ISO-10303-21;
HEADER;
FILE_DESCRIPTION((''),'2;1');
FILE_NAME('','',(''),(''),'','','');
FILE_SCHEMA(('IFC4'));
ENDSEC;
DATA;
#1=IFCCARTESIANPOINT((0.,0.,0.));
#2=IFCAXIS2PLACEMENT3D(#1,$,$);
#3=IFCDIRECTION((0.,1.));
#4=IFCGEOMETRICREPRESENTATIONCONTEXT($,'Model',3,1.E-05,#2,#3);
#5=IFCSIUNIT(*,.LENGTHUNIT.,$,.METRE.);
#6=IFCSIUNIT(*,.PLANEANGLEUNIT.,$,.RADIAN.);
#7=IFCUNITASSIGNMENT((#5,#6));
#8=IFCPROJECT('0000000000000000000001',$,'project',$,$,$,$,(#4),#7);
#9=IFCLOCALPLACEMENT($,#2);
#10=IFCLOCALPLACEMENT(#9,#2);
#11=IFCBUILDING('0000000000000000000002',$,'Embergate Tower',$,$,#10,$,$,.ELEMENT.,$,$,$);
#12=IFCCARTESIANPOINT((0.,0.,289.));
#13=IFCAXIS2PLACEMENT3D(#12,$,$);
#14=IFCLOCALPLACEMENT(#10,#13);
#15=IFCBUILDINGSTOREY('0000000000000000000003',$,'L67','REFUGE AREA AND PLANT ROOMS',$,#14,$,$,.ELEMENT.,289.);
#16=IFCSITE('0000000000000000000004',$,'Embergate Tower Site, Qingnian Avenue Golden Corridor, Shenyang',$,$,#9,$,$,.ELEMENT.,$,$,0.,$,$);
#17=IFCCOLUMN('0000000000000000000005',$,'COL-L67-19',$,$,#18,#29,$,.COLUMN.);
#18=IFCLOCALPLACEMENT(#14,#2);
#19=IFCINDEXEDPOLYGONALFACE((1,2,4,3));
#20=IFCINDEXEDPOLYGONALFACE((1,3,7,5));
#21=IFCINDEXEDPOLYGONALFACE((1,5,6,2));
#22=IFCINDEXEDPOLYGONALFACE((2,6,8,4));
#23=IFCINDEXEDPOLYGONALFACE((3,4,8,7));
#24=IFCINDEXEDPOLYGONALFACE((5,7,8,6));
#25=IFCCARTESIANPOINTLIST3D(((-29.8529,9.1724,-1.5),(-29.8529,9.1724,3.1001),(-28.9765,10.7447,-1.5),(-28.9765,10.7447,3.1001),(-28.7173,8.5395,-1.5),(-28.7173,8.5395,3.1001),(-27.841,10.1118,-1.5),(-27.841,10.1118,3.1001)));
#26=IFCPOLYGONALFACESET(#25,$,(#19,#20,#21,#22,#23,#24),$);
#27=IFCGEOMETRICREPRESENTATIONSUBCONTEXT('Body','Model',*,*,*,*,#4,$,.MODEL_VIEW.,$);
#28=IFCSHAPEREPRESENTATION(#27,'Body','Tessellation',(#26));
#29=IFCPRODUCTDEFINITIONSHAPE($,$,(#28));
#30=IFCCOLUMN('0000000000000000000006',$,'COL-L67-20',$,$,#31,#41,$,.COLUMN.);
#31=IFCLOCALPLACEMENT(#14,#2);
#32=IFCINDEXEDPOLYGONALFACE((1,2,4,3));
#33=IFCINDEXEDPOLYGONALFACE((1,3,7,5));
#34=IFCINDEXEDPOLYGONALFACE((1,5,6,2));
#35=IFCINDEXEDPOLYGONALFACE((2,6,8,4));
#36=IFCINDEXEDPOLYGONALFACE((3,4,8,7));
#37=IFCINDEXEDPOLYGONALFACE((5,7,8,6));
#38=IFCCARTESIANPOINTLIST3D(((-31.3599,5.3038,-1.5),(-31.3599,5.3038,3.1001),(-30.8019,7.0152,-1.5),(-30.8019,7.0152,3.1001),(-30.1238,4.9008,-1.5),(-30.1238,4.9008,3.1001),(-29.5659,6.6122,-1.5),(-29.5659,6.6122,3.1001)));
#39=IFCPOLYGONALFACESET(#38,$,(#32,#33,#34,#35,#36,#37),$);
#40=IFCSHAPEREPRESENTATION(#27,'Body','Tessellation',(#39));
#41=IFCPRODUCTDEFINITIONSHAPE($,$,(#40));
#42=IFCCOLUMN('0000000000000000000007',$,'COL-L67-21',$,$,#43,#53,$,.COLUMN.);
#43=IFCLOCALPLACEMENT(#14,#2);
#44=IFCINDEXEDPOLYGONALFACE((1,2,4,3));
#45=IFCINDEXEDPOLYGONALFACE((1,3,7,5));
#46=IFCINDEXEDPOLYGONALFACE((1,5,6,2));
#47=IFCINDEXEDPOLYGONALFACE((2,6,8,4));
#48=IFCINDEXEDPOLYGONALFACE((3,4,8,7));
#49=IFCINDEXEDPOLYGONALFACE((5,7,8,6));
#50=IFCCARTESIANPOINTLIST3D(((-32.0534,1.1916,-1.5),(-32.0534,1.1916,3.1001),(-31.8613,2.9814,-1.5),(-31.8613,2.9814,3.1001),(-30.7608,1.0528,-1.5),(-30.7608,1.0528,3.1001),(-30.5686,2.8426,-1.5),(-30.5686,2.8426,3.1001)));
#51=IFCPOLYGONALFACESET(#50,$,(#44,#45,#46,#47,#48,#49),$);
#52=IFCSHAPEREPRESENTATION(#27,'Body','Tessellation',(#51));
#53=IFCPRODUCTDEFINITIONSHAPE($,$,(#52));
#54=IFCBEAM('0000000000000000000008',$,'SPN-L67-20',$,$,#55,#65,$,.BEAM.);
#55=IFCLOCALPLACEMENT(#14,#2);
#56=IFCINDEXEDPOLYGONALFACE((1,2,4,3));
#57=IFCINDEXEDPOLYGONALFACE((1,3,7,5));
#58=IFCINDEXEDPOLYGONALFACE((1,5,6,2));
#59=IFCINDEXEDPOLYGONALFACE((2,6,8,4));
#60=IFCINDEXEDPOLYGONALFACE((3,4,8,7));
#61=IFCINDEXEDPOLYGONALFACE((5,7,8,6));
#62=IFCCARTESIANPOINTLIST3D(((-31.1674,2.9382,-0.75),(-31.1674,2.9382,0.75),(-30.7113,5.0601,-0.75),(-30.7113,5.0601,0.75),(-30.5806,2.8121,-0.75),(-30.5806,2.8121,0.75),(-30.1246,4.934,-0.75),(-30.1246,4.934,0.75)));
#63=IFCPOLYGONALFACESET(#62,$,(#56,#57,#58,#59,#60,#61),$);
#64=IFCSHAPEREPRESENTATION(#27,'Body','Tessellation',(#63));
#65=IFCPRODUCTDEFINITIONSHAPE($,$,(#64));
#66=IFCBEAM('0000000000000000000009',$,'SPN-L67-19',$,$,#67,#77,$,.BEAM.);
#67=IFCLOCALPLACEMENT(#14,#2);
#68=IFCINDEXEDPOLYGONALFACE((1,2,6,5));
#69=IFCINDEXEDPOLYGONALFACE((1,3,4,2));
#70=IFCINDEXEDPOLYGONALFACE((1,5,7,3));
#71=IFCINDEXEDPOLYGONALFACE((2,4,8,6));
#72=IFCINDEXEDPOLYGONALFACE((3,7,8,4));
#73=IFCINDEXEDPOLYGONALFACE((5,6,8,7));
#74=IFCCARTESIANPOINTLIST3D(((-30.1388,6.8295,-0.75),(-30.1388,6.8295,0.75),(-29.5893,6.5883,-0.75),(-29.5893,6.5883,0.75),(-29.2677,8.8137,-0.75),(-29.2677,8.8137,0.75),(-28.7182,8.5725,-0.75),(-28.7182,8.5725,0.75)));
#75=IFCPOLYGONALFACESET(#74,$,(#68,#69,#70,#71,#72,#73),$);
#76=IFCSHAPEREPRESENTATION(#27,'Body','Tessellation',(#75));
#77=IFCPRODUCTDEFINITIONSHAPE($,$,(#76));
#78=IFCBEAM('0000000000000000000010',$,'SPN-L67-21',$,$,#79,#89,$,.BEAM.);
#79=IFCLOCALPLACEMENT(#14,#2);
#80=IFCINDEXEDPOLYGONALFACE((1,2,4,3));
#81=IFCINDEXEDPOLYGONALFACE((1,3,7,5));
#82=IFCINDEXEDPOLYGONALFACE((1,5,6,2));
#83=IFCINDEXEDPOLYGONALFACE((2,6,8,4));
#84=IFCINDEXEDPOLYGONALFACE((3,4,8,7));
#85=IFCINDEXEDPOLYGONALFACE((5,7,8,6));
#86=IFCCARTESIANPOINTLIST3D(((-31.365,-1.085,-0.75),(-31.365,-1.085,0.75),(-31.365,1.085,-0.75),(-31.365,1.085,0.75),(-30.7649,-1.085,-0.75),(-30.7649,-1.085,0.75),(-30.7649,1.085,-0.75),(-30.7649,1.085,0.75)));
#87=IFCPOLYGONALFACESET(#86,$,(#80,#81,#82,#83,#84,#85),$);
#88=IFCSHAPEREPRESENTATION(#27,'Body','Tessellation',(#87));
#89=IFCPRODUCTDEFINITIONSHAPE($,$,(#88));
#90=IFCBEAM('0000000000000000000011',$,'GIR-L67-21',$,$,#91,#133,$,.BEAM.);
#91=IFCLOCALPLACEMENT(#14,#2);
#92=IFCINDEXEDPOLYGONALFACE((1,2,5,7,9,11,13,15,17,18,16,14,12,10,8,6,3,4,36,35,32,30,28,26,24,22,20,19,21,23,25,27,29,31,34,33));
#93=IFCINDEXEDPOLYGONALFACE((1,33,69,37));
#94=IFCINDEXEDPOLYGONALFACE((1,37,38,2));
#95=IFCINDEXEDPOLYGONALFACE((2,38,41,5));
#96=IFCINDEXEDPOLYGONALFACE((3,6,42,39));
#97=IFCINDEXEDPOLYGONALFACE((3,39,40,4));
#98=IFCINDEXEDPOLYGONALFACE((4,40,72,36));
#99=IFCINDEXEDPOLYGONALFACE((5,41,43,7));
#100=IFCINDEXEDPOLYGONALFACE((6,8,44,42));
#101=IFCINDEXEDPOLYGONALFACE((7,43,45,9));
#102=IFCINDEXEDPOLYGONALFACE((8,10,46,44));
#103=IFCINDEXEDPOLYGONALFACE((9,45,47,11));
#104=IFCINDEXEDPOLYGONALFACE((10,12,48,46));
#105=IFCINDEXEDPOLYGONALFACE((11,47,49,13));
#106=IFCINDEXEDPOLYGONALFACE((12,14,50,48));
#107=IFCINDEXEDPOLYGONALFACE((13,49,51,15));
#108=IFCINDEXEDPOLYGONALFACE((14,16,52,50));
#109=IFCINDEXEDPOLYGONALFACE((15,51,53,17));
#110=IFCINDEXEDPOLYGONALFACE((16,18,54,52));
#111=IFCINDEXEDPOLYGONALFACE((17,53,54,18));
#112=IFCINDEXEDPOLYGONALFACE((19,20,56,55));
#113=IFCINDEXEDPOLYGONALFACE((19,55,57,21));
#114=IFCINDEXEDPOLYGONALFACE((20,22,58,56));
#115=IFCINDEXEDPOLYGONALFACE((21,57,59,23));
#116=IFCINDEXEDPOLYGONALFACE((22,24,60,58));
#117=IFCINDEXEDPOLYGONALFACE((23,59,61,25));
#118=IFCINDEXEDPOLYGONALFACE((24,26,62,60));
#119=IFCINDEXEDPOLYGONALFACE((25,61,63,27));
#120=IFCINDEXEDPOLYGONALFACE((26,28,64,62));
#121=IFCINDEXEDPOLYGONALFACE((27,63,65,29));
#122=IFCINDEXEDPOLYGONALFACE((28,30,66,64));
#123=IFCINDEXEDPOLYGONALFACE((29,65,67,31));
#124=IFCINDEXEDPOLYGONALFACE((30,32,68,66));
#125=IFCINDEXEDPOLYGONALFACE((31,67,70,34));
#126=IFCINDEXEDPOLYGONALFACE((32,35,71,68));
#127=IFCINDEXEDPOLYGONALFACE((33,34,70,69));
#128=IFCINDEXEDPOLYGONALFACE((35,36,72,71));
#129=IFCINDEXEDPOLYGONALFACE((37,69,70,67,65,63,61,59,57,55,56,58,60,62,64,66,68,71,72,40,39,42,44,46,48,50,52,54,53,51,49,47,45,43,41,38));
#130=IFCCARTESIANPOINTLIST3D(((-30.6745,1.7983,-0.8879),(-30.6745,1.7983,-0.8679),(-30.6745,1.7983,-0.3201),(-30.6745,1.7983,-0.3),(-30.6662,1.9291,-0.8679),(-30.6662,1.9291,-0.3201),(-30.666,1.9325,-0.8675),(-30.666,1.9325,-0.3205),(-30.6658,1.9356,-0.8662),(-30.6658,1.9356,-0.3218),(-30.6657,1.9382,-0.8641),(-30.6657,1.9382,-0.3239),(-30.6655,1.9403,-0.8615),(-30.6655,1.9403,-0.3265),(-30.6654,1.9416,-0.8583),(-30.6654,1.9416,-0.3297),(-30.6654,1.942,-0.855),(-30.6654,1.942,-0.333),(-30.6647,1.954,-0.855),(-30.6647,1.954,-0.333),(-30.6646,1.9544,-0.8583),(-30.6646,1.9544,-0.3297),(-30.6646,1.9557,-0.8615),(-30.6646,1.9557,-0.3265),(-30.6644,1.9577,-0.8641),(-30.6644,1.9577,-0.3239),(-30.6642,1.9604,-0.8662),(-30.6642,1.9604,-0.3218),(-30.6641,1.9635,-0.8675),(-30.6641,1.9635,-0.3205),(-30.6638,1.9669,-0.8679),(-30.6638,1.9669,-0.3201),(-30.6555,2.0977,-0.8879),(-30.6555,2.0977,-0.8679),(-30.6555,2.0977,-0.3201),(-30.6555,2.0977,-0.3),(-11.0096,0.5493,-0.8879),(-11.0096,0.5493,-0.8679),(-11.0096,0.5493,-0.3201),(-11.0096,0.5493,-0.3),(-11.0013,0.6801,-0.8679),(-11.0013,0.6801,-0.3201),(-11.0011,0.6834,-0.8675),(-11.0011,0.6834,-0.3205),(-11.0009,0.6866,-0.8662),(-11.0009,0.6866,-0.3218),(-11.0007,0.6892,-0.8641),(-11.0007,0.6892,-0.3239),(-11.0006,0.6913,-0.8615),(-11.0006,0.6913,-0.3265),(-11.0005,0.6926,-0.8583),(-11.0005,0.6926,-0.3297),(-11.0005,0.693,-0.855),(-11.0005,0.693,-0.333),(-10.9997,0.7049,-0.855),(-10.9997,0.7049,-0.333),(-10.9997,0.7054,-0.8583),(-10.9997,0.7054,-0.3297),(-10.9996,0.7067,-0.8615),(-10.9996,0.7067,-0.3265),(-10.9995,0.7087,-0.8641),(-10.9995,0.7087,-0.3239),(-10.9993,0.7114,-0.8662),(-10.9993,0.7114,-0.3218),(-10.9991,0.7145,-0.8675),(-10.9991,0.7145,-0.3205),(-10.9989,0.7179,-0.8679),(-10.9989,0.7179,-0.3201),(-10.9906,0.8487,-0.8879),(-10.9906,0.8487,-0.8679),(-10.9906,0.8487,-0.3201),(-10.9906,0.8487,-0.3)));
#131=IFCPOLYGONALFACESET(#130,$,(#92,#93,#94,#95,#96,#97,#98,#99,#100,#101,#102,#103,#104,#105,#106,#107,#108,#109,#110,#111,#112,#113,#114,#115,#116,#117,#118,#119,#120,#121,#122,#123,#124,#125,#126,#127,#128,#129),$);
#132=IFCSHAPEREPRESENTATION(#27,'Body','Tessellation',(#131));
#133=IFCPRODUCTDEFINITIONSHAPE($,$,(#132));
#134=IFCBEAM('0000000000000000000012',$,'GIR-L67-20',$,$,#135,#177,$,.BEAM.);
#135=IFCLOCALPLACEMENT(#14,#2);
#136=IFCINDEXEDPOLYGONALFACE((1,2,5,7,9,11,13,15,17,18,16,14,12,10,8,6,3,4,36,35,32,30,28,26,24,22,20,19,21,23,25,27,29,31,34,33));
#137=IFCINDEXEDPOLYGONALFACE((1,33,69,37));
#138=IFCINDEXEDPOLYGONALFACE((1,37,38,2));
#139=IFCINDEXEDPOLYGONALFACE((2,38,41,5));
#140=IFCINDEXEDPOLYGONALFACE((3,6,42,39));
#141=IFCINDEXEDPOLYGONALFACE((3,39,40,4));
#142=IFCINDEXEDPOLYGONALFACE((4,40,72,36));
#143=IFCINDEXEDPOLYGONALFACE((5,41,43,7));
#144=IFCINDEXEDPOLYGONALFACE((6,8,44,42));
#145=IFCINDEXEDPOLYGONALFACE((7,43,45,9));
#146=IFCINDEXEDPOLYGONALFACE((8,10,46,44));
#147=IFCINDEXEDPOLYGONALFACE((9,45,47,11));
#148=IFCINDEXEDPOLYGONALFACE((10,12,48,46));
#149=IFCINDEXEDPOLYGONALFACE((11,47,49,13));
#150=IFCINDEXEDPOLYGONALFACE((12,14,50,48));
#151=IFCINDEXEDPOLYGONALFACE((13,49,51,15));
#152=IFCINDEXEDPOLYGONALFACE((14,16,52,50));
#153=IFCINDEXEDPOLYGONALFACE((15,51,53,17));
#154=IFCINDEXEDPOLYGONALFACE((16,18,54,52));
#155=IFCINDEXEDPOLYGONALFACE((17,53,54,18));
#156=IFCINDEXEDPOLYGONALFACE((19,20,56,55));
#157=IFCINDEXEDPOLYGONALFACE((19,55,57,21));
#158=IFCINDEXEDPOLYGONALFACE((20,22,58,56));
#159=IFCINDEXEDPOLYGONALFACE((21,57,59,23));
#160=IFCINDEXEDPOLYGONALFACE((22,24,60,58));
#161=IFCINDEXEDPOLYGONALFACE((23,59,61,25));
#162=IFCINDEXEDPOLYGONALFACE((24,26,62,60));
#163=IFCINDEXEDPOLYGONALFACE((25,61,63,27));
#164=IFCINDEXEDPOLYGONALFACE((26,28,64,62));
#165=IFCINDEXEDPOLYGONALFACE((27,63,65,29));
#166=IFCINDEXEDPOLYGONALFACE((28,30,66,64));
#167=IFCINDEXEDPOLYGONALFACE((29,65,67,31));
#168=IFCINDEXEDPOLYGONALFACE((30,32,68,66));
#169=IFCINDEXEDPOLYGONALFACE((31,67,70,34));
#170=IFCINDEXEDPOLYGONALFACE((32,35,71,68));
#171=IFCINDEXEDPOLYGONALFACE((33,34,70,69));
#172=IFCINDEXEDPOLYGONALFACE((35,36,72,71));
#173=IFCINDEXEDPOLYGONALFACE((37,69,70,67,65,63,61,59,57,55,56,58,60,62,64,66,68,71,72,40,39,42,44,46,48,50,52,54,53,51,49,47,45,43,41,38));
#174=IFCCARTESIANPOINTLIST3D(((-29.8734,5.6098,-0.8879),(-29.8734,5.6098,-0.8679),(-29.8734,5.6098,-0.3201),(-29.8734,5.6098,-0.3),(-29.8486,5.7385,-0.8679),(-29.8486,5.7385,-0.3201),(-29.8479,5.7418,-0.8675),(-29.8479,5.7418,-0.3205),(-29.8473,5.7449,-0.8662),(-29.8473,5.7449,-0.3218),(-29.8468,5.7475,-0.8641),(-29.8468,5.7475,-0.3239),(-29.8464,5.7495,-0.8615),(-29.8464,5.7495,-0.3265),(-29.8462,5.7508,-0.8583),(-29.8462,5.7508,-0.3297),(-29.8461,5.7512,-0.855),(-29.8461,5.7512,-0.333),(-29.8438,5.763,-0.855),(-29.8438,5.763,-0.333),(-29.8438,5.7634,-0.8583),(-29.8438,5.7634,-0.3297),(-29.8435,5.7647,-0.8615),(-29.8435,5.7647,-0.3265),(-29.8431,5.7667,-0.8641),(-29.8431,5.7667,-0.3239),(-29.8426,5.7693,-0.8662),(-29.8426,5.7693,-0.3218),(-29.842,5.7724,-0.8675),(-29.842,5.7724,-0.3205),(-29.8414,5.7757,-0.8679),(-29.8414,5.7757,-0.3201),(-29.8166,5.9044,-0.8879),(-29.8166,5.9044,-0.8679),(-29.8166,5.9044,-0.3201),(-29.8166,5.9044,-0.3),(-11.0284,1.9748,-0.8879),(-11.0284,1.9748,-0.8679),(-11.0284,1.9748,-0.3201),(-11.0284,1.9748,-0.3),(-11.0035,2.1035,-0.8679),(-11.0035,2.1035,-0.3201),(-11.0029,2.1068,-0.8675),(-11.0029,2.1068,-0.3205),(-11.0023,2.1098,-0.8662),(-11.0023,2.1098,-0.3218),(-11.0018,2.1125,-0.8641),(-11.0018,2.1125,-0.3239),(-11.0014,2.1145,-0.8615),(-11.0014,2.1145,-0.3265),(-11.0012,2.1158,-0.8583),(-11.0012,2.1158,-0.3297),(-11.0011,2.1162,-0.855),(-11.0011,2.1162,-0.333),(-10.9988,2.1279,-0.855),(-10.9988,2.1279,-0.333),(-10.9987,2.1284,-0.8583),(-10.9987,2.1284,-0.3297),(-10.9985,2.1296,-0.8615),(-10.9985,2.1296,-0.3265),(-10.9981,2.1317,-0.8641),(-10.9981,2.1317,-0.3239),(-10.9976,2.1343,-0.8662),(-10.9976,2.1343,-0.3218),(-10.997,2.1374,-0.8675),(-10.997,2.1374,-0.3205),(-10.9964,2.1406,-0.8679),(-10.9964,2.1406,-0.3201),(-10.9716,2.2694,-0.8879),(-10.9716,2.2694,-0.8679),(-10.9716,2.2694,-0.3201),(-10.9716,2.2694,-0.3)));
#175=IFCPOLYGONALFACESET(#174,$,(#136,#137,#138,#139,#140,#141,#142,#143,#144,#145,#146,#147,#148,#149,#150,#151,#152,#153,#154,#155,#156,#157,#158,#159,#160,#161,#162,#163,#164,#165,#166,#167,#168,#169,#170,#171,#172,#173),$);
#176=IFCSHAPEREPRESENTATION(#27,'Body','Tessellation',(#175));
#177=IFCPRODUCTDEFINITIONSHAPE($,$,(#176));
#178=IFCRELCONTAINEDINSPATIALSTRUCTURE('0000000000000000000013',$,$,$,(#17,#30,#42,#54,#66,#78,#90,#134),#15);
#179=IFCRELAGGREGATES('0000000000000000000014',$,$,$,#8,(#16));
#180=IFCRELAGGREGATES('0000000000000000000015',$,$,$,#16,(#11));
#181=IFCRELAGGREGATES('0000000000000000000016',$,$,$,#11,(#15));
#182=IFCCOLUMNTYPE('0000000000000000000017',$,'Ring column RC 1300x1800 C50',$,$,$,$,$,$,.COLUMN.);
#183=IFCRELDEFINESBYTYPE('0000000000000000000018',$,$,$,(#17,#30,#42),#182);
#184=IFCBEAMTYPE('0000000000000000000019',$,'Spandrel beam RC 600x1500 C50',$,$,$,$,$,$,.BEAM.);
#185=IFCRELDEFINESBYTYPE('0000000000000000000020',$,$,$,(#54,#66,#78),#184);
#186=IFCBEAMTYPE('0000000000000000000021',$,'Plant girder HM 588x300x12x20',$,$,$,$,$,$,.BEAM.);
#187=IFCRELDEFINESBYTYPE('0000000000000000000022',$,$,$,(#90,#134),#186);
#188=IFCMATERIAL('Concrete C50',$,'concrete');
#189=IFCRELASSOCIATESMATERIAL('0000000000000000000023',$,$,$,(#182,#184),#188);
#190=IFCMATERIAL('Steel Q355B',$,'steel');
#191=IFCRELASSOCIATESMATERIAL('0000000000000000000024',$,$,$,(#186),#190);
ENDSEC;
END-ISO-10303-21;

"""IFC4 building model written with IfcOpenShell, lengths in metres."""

from ifc_helpers import new_model, si_unit, direction, frame, origin, origin_2d, place, context, subcontext, project, spatial, rectangle, i_section, extrude, source, transform, mapped, material, material_profile, profile_set, type_object, element, save


model = new_model("IFC4")

# Units and contexts
model_context = context("Model", 3, precision=1e-05, world=origin(), true_north=direction((0.0, 1.0)))
body_context = subcontext(model_context, "Body", "Model", "MODEL_VIEW")
ifc_project = project(units=[si_unit("LENGTHUNIT", "METRE"), si_unit("PLANEANGLEUNIT", "RADIAN")], contexts=[model_context])

# Site, building, storey
site_placement = place(None, origin())
site = spatial("IfcSite", under=ifc_project, at=site_placement, Name="Embergate Tower Site, Qingnian Avenue Golden Corridor, Shenyang", CompositionType="ELEMENT", RefElevation=0.0)
building_placement = place(site_placement, origin())
building = spatial("IfcBuilding", under=site, at=building_placement, Name="Embergate Tower", CompositionType="ELEMENT")
storey_placement = place(building_placement, frame((0.0, 0.0, 289.0)))
storey = spatial("IfcBuildingStorey", under=building, at=storey_placement, Name="L67", Description="REFUGE AREA AND PLANT ROOMS", CompositionType="ELEMENT", Elevation=289.0)

# Columns
ifc_material_1 = material(Name="Concrete C50", Category="concrete")
ifc_material_profile_1 = material_profile(ifc_material_1, rectangle(XDim=1.3, YDim=1.8, at=origin_2d()), Name="RC 1300x1800")
ifc_profile_set_1 = profile_set([ifc_material_profile_1], Name="Concrete C50")
column_type = type_object("IfcColumnType", Name="Ring column RC 1300x1800 C50", PredefinedType="COLUMN", material=ifc_profile_set_1)
shared_shape_1 = source(origin(), body_context, "Body", "SweptSolid", [
    extrude(rectangle(XDim=1.3, YDim=1.8, at=origin_2d()), origin(), (0.0, 0.0, 1.0), 4.6001),
])
for number, where, z_axis, x_axis, name in (
    (1, (-28.8469, 9.6421, -1.5), (0.0, 0.0, 1.0), (-0.873492, 0.486839, 0.0), "COL-L67-19"),
    (2, (-30.4629, 5.958, -1.5), (0.0, 0.0, 1.0), (-0.950754, 0.309946, 0.0), "COL-L67-20"),
    (3, (-31.311, 2.0171, -1.5), (0.0, 0.0, 1.0), (-0.994286, 0.10675, 0.0), "COL-L67-21"),
):
    element("IfcColumn", number, at=place(storey_placement, frame(where, z_axis=z_axis, x_axis=x_axis)), inside=storey, type_object=column_type, Name=name, PredefinedType="COLUMN", context=body_context, shape_type="MappedRepresentation", body=[
        mapped(shared_shape_1, transform((0.0, 0.0, 0.0))),
    ])

# Beams
ifc_material_profile_2 = material_profile(ifc_material_1, rectangle(XDim=0.6001, YDim=1.5, at=origin_2d()), Name="RC 600x1500")
ifc_profile_set_2 = profile_set([ifc_material_profile_2], Name="Concrete C50")
beam_type_1 = type_object("IfcBeamType", Name="Spandrel beam RC 600x1500 C50", PredefinedType="BEAM", material=ifc_profile_set_2)
shared_shape_2 = source(origin(), body_context, "Body", "SweptSolid", [
    extrude(rectangle(XDim=0.6001, YDim=1.5, at=origin_2d()), origin(), (0.0, 0.0, 1.0), 2.1704),
])
beam_1_placement = place(storey_placement, frame((-30.418, 4.9971, 0.0), z_axis=(-0.210113, -0.977677, 0.0), x_axis=(0.977677, -0.210113, 0.0)))
element("IfcBeam", 4, at=beam_1_placement, inside=storey, type_object=beam_type_1, Name="SPN-L67-20", PredefinedType="BEAM", context=body_context, shape_type="MappedRepresentation", body=[
    mapped(shared_shape_2, transform((0.0, 0.0, 0.0))),
])
shared_shape_3 = source(origin(), body_context, "Body", "SweptSolid", [
    extrude(rectangle(XDim=0.6001, YDim=1.5, at=origin_2d()), origin(), (0.0, 0.0, 1.0), 2.167),
])
beam_2_placement = place(storey_placement, frame((-28.9929, 8.6931, 0.0), z_axis=(-0.401995, -0.915642, 0.0), x_axis=(0.915642, -0.401995, 0.0)))
element("IfcBeam", 5, at=beam_2_placement, inside=storey, type_object=beam_type_1, Name="SPN-L67-19", PredefinedType="BEAM", context=body_context, shape_type="MappedRepresentation", body=[
    mapped(shared_shape_3, transform((0.0, 0.0, 0.0))),
])
shared_shape_4 = source(origin(), body_context, "Body", "SweptSolid", [
    extrude(rectangle(XDim=0.6001, YDim=1.5, at=origin_2d()), origin(), (0.0, 0.0, 1.0), 2.1699),
])
beam_3_placement = place(storey_placement, frame((-31.0649, 1.085, 0.0), z_axis=(0.0, -1.0, 0.0), x_axis=(1.0, 0.0, 0.0)))
element("IfcBeam", 6, at=beam_3_placement, inside=storey, type_object=beam_type_1, Name="SPN-L67-21", PredefinedType="BEAM", context=body_context, shape_type="MappedRepresentation", body=[
    mapped(shared_shape_4, transform((0.0, 0.0, 0.0))),
])
ifc_material_2 = material(Name="Steel Q355B", Category="steel")
ifc_material_profile_3 = material_profile(ifc_material_2, i_section(OverallWidth=0.3, OverallDepth=0.5879, WebThickness=0.012, FlangeThickness=0.02, FilletRadius=0.0129, at=origin_2d()), Name="HM 588x300x12x20")
ifc_profile_set_3 = profile_set([ifc_material_profile_3], Name="Steel Q355 grade B")
beam_type_2 = type_object("IfcBeamType", Name="Plant girder HM 588x300x12x20", PredefinedType="BEAM", material=ifc_profile_set_3)
shared_shape_5 = source(origin(), body_context, "Body", "SweptSolid", [
    extrude(i_section(OverallWidth=0.3, OverallDepth=0.5879, WebThickness=0.012, FlangeThickness=0.02, FilletRadius=0.0129, at=origin_2d()), origin(), (0.0, 0.0, 1.0), 19.7046),
])
beam_4_placement = place(storey_placement, frame((-30.665, 1.948, -0.594), z_axis=(0.997989, -0.063387, 0.0), x_axis=(0.063387, 0.997989, 0.0)))
element("IfcBeam", 7, at=beam_4_placement, inside=storey, type_object=beam_type_2, Name="GIR-L67-21", PredefinedType="BEAM", context=body_context, shape_type="MappedRepresentation", body=[
    mapped(shared_shape_5, transform((0.0, 0.0, 0.0))),
])
shared_shape_6 = source(origin(), body_context, "Body", "SweptSolid", [
    extrude(i_section(OverallWidth=0.3, OverallDepth=0.5879, WebThickness=0.012, FlangeThickness=0.02, FilletRadius=0.0129, at=origin_2d()), origin(), (0.0, 0.0, 1.0), 19.1924),
])
beam_5_placement = place(storey_placement, frame((-29.845, 5.7571, -0.594), z_axis=(0.9819, -0.189399, 0.0), x_axis=(0.189399, 0.9819, 0.0)))
element("IfcBeam", 8, at=beam_5_placement, inside=storey, type_object=beam_type_2, Name="GIR-L67-20", PredefinedType="BEAM", context=body_context, shape_type="MappedRepresentation", body=[
    mapped(shared_shape_6, transform((0.0, 0.0, 0.0))),
])

save(model, "model.ifc")
